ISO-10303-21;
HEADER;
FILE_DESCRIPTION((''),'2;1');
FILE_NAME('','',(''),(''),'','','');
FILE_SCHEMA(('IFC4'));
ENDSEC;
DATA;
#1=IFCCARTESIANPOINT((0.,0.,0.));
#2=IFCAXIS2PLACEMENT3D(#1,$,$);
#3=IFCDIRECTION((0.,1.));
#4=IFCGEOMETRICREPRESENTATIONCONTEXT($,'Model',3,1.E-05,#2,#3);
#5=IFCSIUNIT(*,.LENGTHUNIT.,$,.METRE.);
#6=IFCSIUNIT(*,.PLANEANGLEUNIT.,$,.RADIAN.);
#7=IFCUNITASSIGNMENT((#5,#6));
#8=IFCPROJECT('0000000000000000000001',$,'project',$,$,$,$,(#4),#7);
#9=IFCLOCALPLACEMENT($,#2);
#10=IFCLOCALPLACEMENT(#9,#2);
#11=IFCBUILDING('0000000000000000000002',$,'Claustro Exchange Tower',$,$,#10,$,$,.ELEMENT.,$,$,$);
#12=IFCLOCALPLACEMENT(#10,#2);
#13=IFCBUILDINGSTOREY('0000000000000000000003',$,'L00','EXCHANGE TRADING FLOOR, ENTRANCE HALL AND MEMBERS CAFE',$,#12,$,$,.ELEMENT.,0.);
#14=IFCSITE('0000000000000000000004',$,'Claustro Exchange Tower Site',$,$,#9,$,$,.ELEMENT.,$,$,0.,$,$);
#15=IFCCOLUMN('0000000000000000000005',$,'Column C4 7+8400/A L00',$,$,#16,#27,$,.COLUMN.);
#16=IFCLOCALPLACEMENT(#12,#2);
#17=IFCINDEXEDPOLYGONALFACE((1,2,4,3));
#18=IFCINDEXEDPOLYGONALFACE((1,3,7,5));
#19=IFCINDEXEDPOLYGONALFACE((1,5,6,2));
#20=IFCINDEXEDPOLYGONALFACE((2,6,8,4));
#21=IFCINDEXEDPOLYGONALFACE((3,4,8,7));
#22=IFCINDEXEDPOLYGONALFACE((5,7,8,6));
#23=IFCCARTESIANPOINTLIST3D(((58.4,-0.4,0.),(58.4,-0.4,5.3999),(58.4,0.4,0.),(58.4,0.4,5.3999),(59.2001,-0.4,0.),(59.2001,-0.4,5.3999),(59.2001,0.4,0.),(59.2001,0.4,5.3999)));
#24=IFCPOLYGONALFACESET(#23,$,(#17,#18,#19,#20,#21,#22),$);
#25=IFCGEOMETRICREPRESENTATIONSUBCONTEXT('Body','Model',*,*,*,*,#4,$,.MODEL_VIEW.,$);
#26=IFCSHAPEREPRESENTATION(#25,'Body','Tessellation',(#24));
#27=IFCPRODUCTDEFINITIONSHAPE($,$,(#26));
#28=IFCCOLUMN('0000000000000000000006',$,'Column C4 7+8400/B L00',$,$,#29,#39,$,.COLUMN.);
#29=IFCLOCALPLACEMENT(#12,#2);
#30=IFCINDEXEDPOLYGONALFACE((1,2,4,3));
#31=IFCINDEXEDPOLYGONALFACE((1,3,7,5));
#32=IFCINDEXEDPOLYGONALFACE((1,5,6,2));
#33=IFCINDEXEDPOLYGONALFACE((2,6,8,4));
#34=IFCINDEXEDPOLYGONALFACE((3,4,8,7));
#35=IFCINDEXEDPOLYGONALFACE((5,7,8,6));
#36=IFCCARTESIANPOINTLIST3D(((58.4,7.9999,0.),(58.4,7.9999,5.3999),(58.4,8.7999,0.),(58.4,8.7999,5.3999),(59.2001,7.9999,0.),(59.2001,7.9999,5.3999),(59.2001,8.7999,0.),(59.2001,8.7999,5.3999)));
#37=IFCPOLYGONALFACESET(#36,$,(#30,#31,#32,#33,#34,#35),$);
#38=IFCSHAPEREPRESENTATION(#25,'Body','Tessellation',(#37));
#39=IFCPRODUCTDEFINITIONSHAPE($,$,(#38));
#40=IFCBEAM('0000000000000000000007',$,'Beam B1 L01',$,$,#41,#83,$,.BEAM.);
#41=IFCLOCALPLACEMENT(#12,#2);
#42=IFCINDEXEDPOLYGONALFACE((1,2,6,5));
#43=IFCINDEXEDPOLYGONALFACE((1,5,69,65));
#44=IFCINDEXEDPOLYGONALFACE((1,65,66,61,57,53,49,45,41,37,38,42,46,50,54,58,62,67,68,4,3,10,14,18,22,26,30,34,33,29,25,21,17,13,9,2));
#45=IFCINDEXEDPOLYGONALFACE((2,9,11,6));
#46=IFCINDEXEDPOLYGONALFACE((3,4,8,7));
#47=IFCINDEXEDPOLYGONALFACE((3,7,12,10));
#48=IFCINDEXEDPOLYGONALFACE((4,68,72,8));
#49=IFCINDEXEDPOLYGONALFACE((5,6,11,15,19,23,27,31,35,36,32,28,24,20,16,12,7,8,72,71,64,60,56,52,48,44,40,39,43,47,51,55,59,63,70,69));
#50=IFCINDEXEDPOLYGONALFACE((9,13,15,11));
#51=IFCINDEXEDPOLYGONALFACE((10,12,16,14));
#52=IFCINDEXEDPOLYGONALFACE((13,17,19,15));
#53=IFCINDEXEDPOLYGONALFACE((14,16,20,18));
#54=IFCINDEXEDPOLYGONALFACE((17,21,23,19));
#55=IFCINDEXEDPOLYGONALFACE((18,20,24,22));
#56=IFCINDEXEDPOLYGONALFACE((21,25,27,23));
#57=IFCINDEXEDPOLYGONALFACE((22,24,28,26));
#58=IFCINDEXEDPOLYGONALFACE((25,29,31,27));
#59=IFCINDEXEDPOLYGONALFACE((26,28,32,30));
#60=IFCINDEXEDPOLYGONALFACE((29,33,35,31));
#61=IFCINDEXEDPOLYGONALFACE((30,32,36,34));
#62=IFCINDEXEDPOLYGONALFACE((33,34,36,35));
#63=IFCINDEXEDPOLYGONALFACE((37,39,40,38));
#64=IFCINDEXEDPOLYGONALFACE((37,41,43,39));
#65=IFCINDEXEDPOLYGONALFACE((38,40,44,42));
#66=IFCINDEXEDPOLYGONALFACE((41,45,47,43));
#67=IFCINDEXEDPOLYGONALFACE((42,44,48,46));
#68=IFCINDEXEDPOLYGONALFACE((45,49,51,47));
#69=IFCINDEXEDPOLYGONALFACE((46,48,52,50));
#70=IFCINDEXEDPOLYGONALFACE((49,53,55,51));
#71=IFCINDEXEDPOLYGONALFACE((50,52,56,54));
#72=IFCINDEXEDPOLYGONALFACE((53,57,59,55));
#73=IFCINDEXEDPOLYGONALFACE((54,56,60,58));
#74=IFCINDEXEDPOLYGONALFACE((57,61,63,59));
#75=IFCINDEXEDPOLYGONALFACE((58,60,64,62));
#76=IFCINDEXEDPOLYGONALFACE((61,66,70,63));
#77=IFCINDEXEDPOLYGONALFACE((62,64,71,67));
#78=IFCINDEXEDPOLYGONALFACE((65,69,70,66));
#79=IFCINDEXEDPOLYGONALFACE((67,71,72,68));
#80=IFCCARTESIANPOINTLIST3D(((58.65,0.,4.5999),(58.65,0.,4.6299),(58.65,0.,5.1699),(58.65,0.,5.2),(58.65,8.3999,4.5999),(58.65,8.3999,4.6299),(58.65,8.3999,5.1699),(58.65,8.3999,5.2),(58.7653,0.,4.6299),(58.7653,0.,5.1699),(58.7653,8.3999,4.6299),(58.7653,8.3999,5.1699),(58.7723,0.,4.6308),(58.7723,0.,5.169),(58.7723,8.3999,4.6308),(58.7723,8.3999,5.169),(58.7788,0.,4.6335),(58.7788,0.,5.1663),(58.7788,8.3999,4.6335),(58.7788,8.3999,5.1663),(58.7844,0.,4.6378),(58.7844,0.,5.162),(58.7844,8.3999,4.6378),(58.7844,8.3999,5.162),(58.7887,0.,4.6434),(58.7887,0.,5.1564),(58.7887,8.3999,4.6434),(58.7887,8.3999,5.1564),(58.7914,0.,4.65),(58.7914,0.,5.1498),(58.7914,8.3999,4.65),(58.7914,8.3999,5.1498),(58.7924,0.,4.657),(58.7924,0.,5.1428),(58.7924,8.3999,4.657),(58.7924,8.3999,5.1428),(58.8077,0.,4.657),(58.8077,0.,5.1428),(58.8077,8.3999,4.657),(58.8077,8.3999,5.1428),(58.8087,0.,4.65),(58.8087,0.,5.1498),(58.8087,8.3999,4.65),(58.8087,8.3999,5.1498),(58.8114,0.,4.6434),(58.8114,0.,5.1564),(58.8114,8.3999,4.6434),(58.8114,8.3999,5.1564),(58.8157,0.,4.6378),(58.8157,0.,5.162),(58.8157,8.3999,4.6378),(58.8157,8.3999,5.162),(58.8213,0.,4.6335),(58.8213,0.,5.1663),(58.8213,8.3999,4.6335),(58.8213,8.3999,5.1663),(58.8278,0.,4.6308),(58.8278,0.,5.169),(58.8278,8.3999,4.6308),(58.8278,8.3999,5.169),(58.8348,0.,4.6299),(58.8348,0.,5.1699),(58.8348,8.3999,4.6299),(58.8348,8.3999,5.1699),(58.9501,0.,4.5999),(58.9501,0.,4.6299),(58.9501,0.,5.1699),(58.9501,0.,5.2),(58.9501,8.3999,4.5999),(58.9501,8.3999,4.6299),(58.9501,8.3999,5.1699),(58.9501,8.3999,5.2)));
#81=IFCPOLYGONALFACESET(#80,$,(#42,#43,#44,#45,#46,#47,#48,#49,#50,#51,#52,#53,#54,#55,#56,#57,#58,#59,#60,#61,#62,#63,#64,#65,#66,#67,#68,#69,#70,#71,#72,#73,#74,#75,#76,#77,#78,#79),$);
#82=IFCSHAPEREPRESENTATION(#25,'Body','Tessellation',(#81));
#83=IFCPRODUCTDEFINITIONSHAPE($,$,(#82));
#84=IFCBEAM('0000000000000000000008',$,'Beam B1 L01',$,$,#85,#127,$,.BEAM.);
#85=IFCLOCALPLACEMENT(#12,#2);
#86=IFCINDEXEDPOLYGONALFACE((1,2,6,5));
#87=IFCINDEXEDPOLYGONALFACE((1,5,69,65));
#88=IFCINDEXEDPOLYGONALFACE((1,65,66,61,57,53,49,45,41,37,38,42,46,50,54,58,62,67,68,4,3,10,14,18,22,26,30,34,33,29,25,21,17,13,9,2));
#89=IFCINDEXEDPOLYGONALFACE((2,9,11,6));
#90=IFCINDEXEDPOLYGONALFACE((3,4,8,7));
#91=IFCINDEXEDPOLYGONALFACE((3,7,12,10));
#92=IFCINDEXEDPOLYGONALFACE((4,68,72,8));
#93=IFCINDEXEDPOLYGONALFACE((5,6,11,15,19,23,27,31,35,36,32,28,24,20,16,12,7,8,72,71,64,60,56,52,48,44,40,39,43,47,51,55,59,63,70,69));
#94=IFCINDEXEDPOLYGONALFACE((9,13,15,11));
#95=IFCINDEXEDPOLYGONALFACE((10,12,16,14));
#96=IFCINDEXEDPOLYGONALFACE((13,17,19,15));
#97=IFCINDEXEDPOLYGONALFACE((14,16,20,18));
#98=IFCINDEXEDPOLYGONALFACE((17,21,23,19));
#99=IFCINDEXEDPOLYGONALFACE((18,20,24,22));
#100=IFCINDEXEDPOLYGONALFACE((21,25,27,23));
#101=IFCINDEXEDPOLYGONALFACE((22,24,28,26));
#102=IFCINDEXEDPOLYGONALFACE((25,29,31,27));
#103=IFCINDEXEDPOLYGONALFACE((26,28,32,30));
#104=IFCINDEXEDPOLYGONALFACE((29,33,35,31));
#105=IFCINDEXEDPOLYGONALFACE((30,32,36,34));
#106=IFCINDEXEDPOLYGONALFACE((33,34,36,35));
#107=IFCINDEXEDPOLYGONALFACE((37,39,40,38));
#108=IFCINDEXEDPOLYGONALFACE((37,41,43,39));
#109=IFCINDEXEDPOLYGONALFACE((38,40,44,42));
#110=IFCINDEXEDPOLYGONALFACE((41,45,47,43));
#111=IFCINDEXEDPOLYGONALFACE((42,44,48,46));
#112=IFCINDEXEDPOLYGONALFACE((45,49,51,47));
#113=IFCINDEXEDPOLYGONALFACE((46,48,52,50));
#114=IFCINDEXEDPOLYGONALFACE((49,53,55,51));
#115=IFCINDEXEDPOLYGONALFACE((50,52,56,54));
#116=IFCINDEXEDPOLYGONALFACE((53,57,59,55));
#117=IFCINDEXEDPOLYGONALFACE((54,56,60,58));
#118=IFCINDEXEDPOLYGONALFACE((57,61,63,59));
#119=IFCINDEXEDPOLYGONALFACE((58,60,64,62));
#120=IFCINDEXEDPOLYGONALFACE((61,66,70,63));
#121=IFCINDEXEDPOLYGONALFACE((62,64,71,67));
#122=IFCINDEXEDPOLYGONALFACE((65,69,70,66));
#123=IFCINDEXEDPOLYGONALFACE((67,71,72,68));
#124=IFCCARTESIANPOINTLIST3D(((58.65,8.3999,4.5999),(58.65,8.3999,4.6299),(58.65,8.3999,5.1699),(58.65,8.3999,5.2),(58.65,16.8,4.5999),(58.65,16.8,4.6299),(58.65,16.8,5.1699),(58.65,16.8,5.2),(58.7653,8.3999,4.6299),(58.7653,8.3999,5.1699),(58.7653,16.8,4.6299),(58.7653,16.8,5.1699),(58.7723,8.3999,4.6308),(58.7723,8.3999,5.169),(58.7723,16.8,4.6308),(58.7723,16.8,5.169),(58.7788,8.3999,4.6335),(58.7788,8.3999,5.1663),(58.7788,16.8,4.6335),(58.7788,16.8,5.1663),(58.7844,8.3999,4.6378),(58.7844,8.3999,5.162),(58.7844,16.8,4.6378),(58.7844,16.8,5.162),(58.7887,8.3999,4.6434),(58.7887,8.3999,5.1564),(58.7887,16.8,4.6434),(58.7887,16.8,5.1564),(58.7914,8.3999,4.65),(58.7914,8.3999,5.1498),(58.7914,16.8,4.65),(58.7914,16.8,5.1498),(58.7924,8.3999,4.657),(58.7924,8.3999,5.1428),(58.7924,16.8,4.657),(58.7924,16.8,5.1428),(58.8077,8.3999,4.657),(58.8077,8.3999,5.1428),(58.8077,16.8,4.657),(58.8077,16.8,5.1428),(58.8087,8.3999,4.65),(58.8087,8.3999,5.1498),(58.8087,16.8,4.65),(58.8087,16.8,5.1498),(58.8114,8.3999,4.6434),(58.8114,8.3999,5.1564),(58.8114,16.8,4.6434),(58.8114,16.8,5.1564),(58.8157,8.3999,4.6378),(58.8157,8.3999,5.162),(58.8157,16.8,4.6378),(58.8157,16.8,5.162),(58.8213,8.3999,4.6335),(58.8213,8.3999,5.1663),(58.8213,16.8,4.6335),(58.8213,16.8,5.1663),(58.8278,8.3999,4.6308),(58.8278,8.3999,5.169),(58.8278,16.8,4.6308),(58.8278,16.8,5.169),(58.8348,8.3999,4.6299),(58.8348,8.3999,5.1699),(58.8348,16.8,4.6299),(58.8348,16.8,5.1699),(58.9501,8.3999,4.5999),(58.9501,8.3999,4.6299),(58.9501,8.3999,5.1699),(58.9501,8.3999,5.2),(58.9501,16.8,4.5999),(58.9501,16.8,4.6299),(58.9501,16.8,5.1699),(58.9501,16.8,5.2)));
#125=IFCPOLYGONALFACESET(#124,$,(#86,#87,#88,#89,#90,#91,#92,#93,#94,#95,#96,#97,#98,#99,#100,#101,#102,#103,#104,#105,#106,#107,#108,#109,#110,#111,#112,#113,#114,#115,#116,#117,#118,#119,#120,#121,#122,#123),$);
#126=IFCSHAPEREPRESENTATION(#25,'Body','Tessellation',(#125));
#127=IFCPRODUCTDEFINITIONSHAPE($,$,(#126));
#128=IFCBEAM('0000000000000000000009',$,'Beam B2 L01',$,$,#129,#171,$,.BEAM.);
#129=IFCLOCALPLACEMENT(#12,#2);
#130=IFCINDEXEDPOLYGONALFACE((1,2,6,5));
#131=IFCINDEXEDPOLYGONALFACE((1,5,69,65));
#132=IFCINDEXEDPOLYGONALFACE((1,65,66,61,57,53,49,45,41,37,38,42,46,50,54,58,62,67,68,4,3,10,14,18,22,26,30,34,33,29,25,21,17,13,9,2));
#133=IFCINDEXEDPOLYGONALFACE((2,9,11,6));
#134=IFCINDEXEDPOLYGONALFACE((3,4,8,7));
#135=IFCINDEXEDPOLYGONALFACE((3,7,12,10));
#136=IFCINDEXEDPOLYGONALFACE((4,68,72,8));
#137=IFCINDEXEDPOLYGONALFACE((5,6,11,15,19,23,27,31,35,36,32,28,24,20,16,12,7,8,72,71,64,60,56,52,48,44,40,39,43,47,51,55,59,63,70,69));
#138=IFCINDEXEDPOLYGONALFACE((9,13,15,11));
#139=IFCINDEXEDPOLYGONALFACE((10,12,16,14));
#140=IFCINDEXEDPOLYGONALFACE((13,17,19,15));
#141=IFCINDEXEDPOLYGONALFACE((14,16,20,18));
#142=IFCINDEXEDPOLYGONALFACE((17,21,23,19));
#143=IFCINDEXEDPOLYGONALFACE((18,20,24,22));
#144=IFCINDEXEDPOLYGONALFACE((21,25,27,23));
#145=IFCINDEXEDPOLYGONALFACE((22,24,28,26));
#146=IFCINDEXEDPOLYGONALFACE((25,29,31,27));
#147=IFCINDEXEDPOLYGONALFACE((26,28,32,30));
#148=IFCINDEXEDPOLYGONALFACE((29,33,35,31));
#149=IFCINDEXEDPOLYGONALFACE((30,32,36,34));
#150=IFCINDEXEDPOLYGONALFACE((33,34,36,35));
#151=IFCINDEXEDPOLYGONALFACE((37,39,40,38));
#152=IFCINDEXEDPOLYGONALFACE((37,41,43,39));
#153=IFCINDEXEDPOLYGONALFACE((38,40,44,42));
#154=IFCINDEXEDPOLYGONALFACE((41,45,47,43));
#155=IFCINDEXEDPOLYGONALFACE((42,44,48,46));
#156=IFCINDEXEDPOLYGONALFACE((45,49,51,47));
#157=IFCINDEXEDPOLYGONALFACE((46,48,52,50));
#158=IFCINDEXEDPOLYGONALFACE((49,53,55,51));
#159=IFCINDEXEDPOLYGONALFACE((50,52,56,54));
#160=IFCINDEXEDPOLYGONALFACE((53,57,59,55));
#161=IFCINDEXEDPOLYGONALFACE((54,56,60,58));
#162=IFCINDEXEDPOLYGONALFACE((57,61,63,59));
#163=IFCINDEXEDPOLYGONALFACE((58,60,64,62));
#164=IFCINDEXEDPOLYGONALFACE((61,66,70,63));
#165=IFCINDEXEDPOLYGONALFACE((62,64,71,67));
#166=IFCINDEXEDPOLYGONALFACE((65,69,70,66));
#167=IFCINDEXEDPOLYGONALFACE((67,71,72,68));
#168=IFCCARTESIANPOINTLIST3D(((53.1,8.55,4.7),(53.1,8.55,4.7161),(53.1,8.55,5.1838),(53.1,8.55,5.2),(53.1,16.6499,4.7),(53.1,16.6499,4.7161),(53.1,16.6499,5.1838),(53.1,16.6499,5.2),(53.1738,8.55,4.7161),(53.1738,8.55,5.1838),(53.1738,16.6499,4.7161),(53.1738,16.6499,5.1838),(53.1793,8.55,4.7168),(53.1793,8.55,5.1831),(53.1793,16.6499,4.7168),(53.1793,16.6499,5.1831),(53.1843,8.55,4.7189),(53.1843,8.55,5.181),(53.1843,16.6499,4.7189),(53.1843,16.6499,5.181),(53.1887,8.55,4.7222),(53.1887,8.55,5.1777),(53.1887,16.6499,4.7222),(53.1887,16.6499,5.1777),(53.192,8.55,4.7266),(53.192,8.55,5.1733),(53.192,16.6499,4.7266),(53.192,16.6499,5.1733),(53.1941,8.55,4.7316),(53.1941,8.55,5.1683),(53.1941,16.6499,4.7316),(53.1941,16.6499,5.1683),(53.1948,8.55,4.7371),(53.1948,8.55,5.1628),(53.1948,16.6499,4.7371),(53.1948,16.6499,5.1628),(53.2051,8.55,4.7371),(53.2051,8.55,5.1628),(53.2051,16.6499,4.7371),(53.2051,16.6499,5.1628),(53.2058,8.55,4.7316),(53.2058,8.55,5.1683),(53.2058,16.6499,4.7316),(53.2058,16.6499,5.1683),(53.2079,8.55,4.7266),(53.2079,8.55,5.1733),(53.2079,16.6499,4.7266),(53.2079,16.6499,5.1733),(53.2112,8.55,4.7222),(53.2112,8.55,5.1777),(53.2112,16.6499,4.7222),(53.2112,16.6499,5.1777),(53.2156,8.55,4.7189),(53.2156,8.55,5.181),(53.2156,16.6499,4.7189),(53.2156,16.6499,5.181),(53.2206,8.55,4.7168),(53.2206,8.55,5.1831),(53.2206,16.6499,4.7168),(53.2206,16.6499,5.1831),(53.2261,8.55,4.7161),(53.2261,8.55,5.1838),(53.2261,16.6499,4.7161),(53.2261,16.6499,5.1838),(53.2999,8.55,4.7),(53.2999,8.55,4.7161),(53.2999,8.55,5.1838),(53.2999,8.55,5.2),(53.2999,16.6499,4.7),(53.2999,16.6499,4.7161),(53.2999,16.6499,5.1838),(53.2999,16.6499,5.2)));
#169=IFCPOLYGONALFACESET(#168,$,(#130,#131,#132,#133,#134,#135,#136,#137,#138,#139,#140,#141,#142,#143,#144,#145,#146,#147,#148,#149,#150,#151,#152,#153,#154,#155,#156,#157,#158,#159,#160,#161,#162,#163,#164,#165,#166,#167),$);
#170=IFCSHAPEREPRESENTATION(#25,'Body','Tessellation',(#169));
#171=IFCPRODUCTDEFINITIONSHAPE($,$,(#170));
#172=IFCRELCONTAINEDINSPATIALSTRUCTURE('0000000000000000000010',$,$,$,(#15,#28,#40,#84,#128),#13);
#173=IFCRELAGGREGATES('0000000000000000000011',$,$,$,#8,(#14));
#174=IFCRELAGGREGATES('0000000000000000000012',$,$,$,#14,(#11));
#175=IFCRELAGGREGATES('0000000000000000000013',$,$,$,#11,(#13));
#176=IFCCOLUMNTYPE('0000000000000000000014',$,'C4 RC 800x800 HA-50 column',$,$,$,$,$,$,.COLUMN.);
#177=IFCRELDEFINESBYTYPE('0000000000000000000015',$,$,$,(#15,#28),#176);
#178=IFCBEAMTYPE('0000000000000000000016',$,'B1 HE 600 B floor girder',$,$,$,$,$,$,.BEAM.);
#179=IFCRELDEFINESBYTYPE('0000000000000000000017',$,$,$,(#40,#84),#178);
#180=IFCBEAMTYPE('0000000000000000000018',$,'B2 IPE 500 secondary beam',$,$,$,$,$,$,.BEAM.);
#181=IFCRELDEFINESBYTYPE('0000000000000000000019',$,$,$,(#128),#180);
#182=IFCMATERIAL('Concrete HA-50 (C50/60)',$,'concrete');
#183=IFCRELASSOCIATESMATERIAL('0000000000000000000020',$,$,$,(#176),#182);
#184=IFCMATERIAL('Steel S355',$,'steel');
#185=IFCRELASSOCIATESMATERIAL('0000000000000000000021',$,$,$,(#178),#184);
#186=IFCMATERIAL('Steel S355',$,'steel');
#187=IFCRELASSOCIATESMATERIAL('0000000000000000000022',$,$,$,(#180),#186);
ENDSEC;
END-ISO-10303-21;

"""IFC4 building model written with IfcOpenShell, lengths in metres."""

from ifc_helpers import new_model, si_unit, direction, frame, origin, origin_2d, place, context, subcontext, project, spatial, rectangle, i_section, extrude, material, material_profile, profile_set, type_object, element, save


model = new_model("IFC4")

# Units and contexts
model_context = context("Model", 3, precision=1e-05, world=origin(), true_north=direction((0.0, 1.0)))
body_context = subcontext(model_context, "Body", "Model", "MODEL_VIEW")
ifc_project = project(units=[si_unit("LENGTHUNIT", "METRE"), si_unit("PLANEANGLEUNIT", "RADIAN")], contexts=[model_context])

# Site, building, storey
site_placement = place(None, origin())
site = spatial("IfcSite", under=ifc_project, at=site_placement, Name="Claustro Exchange Tower Site", CompositionType="ELEMENT", RefElevation=0.0)
building_placement = place(site_placement, origin())
building = spatial("IfcBuilding", under=site, at=building_placement, Name="Claustro Exchange Tower", CompositionType="ELEMENT")
storey_placement = place(building_placement, origin())
storey = spatial("IfcBuildingStorey", under=building, at=storey_placement, Name="L00", Description="EXCHANGE TRADING FLOOR, ENTRANCE HALL AND MEMBERS CAFE", CompositionType="ELEMENT", Elevation=0.0)

# Columns
ifc_material_1 = material(Name="Concrete HA-50 (C50/60)", Category="concrete")
ifc_material_profile_1 = material_profile(ifc_material_1, rectangle(XDim=0.8, YDim=0.8, at=origin_2d()), Name="RC 800x800")
ifc_profile_set_1 = profile_set([ifc_material_profile_1], Name="Concrete HA-50 (C50/60)")
column_type = type_object("IfcColumnType", Name="C4 RC 800x800 HA-50 column", PredefinedType="COLUMN", material=ifc_profile_set_1)
for number, where, z_axis, x_axis, name in (
    (1, (58.8, 0.0, 0.0), (0.0, 0.0, 1.0), (1.0, 0.0, 0.0), "Column C4 7+8400/A L00"),
    (2, (58.8, 8.3999, 0.0), (0.0, 0.0, 1.0), (1.0, 0.0, 0.0), "Column C4 7+8400/B L00"),
):
    element("IfcColumn", number, at=place(storey_placement, frame(where, z_axis=z_axis, x_axis=x_axis)), inside=storey, type_object=column_type, Name=name, PredefinedType="COLUMN", context=body_context, shape_type="SweptSolid", body=[
        extrude(rectangle(XDim=0.8, YDim=0.8, at=origin_2d()), origin(), (0.0, 0.0, 1.0), 5.3999),
    ])

# Beams
ifc_material_2 = material(Name="Steel S355", Category="steel")
ifc_material_profile_2 = material_profile(ifc_material_2, i_section(OverallWidth=0.3, OverallDepth=0.6001, WebThickness=0.0154, FlangeThickness=0.03, FilletRadius=0.0271, at=origin_2d()), Name="HE 600 B")
ifc_profile_set_2 = profile_set([ifc_material_profile_2], Name="Steel S355")
beam_type_1 = type_object("IfcBeamType", Name="B1 HE 600 B floor girder", PredefinedType="BEAM", material=ifc_profile_set_2)
beam_1_placement = place(storey_placement, frame((58.8, 0.0, 4.8999), z_axis=(0.0, 1.0, 0.0), x_axis=(-1.0, 0.0, 0.0)))
element("IfcBeam", 3, at=beam_1_placement, inside=storey, type_object=beam_type_1, Name="Beam B1 L01", PredefinedType="BEAM", context=body_context, shape_type="SweptSolid", body=[
    extrude(i_section(OverallWidth=0.3, OverallDepth=0.6001, WebThickness=0.0154, FlangeThickness=0.03, FilletRadius=0.0271, at=origin_2d()), origin(), (0.0, 0.0, 1.0), 8.3999),
])
beam_2_placement = place(storey_placement, frame((58.8, 8.3999, 4.8999), z_axis=(0.0, 1.0, 0.0), x_axis=(-1.0, 0.0, 0.0)))
element("IfcBeam", 4, at=beam_2_placement, inside=storey, type_object=beam_type_1, Name="Beam B1 L01", PredefinedType="BEAM", context=body_context, shape_type="SweptSolid", body=[
    extrude(i_section(OverallWidth=0.3, OverallDepth=0.6001, WebThickness=0.0154, FlangeThickness=0.03, FilletRadius=0.0271, at=origin_2d()), origin(), (0.0, 0.0, 1.0), 8.4001),
])
ifc_material_3 = material(Name="Steel S355", Category="steel")
ifc_material_profile_3 = material_profile(ifc_material_3, i_section(OverallWidth=0.2, OverallDepth=0.5, WebThickness=0.0103, FlangeThickness=0.0161, FilletRadius=0.021, at=origin_2d()), Name="IPE 500")
ifc_profile_set_3 = profile_set([ifc_material_profile_3], Name="Steel S355")
beam_type_2 = type_object("IfcBeamType", Name="B2 IPE 500 secondary beam", PredefinedType="BEAM", material=ifc_profile_set_3)
for number, where, z_axis, x_axis, name in (
    (5, (53.2, 8.55, 4.95), (0.0, 1.0, 0.0), (-1.0, 0.0, 0.0), "Beam B2 L01"),
):
    element("IfcBeam", number, at=place(storey_placement, frame(where, z_axis=z_axis, x_axis=x_axis)), inside=storey, type_object=beam_type_2, Name=name, PredefinedType="BEAM", context=body_context, shape_type="SweptSolid", body=[
        extrude(i_section(OverallWidth=0.2, OverallDepth=0.5, WebThickness=0.0103, FlangeThickness=0.0161, FilletRadius=0.021, at=origin_2d()), origin(), (0.0, 0.0, 1.0), 8.0999),
    ])

save(model, "model.ifc")
